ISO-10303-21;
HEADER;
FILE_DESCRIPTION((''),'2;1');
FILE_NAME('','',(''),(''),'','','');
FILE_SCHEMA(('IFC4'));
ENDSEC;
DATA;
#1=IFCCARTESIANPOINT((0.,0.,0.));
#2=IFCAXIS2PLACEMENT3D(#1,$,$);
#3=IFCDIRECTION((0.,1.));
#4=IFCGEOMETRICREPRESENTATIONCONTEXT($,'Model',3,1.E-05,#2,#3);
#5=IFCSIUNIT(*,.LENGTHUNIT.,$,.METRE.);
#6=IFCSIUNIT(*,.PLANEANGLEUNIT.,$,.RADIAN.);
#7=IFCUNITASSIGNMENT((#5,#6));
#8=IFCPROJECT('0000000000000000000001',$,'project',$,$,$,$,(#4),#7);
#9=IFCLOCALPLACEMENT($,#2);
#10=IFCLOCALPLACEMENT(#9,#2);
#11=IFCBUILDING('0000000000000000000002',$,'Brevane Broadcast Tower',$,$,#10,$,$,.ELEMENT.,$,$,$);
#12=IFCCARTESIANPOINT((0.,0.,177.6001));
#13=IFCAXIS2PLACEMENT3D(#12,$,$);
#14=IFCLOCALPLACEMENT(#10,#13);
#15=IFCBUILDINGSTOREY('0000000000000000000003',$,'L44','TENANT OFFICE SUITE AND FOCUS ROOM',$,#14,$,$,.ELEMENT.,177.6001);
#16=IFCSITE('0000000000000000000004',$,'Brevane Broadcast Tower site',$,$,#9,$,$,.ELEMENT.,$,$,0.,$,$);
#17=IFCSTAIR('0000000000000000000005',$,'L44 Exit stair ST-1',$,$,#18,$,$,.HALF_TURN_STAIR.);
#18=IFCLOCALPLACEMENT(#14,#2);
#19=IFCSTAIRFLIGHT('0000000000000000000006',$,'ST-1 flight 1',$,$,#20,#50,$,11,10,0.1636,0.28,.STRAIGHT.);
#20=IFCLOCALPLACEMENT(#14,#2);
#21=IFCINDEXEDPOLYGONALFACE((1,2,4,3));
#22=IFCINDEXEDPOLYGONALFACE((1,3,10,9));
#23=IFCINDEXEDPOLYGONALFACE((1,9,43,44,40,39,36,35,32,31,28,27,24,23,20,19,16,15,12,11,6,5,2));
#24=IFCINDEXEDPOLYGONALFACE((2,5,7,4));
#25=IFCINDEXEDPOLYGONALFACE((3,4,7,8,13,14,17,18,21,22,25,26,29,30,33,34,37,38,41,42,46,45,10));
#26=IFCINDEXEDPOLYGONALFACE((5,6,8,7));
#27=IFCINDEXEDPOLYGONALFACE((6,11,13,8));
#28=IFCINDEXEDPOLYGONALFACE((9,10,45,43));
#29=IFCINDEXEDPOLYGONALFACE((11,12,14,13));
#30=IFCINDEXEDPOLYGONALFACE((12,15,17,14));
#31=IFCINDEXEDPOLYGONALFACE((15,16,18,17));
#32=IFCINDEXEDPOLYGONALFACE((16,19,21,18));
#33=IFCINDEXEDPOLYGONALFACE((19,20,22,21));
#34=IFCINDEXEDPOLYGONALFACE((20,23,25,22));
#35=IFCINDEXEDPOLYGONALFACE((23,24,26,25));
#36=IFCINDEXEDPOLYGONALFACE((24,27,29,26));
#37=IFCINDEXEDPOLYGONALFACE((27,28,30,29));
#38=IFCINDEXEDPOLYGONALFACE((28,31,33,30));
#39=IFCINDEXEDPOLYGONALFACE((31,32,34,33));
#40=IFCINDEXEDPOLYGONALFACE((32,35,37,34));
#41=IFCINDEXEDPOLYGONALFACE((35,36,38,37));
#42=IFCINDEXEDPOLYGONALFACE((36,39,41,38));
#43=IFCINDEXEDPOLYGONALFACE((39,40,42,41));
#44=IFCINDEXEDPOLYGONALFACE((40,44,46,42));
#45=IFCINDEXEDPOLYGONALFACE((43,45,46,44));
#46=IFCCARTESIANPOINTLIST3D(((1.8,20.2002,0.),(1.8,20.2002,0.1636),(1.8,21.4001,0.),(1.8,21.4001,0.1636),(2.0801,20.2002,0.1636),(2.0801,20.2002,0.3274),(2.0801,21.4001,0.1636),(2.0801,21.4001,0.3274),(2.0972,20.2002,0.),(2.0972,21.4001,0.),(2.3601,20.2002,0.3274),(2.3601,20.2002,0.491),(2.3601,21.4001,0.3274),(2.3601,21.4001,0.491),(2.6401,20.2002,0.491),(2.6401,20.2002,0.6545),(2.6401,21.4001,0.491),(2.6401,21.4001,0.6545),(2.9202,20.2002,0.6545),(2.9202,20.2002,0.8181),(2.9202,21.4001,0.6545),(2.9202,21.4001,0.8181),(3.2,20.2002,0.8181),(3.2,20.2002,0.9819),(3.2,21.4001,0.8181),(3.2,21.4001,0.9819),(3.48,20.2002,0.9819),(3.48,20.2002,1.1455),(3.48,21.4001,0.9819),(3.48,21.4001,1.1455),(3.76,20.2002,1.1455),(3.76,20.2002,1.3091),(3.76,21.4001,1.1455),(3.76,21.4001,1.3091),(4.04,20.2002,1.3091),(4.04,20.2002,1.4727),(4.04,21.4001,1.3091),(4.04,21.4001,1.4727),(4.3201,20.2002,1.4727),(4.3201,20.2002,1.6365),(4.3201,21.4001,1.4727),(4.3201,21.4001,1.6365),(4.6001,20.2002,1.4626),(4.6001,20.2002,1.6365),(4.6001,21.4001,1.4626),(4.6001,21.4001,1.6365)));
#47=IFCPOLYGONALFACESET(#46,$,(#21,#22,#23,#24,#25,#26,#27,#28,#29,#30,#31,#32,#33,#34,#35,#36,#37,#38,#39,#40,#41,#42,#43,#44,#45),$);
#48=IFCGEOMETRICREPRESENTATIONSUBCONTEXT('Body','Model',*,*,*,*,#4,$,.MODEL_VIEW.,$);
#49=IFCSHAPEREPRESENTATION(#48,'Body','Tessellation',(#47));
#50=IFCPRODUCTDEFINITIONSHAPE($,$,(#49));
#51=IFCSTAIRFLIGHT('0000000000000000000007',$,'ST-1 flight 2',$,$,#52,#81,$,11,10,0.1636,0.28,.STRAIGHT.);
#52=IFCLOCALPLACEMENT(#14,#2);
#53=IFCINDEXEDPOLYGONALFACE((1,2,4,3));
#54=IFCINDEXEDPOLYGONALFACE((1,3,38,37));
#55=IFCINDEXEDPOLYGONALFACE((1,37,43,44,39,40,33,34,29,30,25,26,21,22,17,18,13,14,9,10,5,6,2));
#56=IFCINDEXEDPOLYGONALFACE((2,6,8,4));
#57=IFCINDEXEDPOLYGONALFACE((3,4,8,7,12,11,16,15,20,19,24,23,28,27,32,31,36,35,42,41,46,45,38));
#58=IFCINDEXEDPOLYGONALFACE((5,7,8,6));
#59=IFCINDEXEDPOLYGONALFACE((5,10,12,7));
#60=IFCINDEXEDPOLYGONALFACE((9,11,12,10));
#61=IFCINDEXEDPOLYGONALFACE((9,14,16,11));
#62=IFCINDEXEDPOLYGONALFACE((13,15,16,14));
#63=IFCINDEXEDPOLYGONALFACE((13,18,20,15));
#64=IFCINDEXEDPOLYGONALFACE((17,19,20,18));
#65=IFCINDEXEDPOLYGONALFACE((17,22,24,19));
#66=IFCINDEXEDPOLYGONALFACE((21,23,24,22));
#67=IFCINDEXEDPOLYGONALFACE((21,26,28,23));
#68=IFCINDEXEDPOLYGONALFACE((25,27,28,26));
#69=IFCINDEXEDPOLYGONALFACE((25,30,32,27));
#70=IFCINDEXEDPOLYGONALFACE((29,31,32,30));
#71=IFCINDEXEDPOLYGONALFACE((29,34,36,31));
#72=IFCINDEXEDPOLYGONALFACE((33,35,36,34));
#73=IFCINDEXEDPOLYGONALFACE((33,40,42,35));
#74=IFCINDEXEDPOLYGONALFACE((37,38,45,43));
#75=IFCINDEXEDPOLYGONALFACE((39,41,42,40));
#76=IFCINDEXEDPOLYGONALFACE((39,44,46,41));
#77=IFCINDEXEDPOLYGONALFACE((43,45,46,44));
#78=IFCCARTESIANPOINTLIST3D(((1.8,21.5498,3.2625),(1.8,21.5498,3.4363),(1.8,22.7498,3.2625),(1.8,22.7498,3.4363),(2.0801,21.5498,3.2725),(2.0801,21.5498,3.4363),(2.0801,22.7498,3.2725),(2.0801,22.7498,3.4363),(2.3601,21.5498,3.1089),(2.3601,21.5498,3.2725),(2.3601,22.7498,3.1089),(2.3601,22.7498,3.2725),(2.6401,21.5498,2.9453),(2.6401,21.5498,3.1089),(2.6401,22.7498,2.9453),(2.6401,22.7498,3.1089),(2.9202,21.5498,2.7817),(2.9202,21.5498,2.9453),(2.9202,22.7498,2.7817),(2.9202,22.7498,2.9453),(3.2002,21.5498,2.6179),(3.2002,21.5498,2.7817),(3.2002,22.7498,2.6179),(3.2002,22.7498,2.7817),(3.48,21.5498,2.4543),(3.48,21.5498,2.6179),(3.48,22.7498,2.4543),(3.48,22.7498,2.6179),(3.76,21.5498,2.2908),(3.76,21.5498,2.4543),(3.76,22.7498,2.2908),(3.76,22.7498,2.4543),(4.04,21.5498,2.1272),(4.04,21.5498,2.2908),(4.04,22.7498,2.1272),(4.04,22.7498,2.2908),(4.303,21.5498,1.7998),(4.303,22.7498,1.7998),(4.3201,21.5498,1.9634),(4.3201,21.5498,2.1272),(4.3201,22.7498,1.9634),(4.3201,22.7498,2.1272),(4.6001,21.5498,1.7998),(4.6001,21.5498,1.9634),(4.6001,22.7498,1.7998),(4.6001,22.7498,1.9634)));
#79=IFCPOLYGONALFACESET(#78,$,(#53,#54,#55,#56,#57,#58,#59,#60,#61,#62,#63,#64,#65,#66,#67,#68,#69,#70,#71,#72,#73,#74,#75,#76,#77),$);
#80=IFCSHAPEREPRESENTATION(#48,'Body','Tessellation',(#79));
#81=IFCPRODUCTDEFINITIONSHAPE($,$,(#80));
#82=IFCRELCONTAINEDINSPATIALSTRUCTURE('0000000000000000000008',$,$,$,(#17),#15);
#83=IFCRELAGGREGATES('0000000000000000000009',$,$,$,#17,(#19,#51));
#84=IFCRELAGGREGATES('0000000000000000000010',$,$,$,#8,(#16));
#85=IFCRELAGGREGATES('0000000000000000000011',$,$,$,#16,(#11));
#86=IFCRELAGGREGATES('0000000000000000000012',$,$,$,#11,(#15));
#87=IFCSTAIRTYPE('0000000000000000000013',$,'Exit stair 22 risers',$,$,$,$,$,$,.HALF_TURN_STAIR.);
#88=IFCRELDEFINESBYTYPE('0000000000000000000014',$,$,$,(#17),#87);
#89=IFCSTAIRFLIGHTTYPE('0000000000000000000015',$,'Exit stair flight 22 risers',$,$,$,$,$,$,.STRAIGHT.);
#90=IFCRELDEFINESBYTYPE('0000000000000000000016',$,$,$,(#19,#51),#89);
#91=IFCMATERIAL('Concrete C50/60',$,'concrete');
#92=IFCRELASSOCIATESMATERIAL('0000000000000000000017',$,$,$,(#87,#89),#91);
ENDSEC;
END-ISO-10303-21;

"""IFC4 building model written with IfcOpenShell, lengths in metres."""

from ifc_helpers import new_model, si_unit, direction, frame, origin, place, context, subcontext, project, spatial, polyline, outline, extrude, material, type_object, element, aggregate, save


model = new_model("IFC4")

# Units and contexts
model_context = context("Model", 3, precision=1e-05, world=origin(), true_north=direction((0.0, 1.0)))
body_context = subcontext(model_context, "Body", "Model", "MODEL_VIEW")
ifc_project = project(units=[si_unit("LENGTHUNIT", "METRE"), si_unit("PLANEANGLEUNIT", "RADIAN")], contexts=[model_context])

# Site, building, storey
site_placement = place(None, origin())
site = spatial("IfcSite", under=ifc_project, at=site_placement, Name="Brevane Broadcast Tower site", CompositionType="ELEMENT", RefElevation=0.0)
building_placement = place(site_placement, origin())
building = spatial("IfcBuilding", under=site, at=building_placement, Name="Brevane Broadcast Tower", CompositionType="ELEMENT")
storey_placement = place(building_placement, frame((0.0, 0.0, 177.6001)))
storey = spatial("IfcBuildingStorey", under=building, at=storey_placement, Name="L44", Description="TENANT OFFICE SUITE AND FOCUS ROOM", CompositionType="ELEMENT", Elevation=177.6001)

# Stair, stair flights
ifc_material_1 = material(Name="Concrete C50/60", Category="concrete")
stair_type = type_object("IfcStairType", Name="Exit stair 22 risers", PredefinedType="HALF_TURN_STAIR", material=ifc_material_1)
stair_placement = place(storey_placement, origin())
stair = element("IfcStair", 1, at=stair_placement, inside=storey, type_object=stair_type, Name="L44 Exit stair ST-1", PredefinedType="HALF_TURN_STAIR")
stair_flight_type = type_object("IfcStairFlightType", Name="Exit stair flight 22 risers", PredefinedType="STRAIGHT", material=ifc_material_1)
stair_flight_1_placement = place(storey_placement, frame((1.8, 20.8, 0.0), z_axis=(0.0, 0.0, 1.0), x_axis=(1.0, 0.0, 0.0)))
stair_flight_1 = element("IfcStairFlight", 2, at=stair_flight_1_placement, type_object=stair_flight_type, Name="ST-1 flight 1", NumberOfRisers=11, NumberOfTreads=10, PredefinedType="STRAIGHT", RiserHeight=0.1636, TreadLength=0.28, context=body_context, shape_type="SweptSolid", body=[
    extrude(outline(polyline([(0.0, 0.0), (0.0, 0.1636), (0.28, 0.1636), (0.28, 0.3274), (0.5601, 0.3274), (0.5601, 0.491), (0.8401, 0.491), (0.8401, 0.6545), (1.1201, 0.6545), (1.1201, 0.8181), (1.3999, 0.8181), (1.3999, 0.9819), (1.6799, 0.9819), (1.6799, 1.1455), (1.96, 1.1455), (1.96, 1.3091), (2.24, 1.3091), (2.24, 1.4727), (2.52, 1.4727), (2.52, 1.6365), (2.8, 1.6365), (2.8, 1.8), (2.8, 1.4626), (0.2971, 0.0), (0.0, 0.0)])), frame((0.0, 0.6001, 0.0), z_axis=(0.0, -1.0, 0.0), x_axis=(1.0, 0.0, 0.0)), (0.0, 0.0, 1.0), 1.2),
])
stair_flight_2_placement = place(storey_placement, frame((4.6001, 22.1499, 1.7998), z_axis=(0.0, 0.0, 1.0), x_axis=(-1.0, 0.0, 0.0)))
stair_flight_2 = element("IfcStairFlight", 3, at=stair_flight_2_placement, type_object=stair_flight_type, Name="ST-1 flight 2", NumberOfRisers=11, NumberOfTreads=10, PredefinedType="STRAIGHT", RiserHeight=0.1636, TreadLength=0.28, context=body_context, shape_type="SweptSolid", body=[
    extrude(outline(polyline([(0.0, 0.0), (0.0, 0.1636), (0.28, 0.1636), (0.28, 0.3274), (0.5601, 0.3274), (0.5601, 0.491), (0.8401, 0.491), (0.8401, 0.6545), (1.1201, 0.6545), (1.1201, 0.8181), (1.3999, 0.8181), (1.3999, 0.9819), (1.6799, 0.9819), (1.6799, 1.1455), (1.96, 1.1455), (1.96, 1.3091), (2.24, 1.3091), (2.24, 1.4727), (2.52, 1.4727), (2.52, 1.6365), (2.8, 1.6365), (2.8, 1.8), (2.8, 1.4626), (0.2971, 0.0), (0.0, 0.0)])), frame((0.0, 0.6001, 0.0), z_axis=(0.0, -1.0, 0.0), x_axis=(1.0, 0.0, 0.0)), (0.0, 0.0, 1.0), 1.2),
])
aggregate(stair, [stair_flight_1, stair_flight_2])

save(model, "model.ifc")
